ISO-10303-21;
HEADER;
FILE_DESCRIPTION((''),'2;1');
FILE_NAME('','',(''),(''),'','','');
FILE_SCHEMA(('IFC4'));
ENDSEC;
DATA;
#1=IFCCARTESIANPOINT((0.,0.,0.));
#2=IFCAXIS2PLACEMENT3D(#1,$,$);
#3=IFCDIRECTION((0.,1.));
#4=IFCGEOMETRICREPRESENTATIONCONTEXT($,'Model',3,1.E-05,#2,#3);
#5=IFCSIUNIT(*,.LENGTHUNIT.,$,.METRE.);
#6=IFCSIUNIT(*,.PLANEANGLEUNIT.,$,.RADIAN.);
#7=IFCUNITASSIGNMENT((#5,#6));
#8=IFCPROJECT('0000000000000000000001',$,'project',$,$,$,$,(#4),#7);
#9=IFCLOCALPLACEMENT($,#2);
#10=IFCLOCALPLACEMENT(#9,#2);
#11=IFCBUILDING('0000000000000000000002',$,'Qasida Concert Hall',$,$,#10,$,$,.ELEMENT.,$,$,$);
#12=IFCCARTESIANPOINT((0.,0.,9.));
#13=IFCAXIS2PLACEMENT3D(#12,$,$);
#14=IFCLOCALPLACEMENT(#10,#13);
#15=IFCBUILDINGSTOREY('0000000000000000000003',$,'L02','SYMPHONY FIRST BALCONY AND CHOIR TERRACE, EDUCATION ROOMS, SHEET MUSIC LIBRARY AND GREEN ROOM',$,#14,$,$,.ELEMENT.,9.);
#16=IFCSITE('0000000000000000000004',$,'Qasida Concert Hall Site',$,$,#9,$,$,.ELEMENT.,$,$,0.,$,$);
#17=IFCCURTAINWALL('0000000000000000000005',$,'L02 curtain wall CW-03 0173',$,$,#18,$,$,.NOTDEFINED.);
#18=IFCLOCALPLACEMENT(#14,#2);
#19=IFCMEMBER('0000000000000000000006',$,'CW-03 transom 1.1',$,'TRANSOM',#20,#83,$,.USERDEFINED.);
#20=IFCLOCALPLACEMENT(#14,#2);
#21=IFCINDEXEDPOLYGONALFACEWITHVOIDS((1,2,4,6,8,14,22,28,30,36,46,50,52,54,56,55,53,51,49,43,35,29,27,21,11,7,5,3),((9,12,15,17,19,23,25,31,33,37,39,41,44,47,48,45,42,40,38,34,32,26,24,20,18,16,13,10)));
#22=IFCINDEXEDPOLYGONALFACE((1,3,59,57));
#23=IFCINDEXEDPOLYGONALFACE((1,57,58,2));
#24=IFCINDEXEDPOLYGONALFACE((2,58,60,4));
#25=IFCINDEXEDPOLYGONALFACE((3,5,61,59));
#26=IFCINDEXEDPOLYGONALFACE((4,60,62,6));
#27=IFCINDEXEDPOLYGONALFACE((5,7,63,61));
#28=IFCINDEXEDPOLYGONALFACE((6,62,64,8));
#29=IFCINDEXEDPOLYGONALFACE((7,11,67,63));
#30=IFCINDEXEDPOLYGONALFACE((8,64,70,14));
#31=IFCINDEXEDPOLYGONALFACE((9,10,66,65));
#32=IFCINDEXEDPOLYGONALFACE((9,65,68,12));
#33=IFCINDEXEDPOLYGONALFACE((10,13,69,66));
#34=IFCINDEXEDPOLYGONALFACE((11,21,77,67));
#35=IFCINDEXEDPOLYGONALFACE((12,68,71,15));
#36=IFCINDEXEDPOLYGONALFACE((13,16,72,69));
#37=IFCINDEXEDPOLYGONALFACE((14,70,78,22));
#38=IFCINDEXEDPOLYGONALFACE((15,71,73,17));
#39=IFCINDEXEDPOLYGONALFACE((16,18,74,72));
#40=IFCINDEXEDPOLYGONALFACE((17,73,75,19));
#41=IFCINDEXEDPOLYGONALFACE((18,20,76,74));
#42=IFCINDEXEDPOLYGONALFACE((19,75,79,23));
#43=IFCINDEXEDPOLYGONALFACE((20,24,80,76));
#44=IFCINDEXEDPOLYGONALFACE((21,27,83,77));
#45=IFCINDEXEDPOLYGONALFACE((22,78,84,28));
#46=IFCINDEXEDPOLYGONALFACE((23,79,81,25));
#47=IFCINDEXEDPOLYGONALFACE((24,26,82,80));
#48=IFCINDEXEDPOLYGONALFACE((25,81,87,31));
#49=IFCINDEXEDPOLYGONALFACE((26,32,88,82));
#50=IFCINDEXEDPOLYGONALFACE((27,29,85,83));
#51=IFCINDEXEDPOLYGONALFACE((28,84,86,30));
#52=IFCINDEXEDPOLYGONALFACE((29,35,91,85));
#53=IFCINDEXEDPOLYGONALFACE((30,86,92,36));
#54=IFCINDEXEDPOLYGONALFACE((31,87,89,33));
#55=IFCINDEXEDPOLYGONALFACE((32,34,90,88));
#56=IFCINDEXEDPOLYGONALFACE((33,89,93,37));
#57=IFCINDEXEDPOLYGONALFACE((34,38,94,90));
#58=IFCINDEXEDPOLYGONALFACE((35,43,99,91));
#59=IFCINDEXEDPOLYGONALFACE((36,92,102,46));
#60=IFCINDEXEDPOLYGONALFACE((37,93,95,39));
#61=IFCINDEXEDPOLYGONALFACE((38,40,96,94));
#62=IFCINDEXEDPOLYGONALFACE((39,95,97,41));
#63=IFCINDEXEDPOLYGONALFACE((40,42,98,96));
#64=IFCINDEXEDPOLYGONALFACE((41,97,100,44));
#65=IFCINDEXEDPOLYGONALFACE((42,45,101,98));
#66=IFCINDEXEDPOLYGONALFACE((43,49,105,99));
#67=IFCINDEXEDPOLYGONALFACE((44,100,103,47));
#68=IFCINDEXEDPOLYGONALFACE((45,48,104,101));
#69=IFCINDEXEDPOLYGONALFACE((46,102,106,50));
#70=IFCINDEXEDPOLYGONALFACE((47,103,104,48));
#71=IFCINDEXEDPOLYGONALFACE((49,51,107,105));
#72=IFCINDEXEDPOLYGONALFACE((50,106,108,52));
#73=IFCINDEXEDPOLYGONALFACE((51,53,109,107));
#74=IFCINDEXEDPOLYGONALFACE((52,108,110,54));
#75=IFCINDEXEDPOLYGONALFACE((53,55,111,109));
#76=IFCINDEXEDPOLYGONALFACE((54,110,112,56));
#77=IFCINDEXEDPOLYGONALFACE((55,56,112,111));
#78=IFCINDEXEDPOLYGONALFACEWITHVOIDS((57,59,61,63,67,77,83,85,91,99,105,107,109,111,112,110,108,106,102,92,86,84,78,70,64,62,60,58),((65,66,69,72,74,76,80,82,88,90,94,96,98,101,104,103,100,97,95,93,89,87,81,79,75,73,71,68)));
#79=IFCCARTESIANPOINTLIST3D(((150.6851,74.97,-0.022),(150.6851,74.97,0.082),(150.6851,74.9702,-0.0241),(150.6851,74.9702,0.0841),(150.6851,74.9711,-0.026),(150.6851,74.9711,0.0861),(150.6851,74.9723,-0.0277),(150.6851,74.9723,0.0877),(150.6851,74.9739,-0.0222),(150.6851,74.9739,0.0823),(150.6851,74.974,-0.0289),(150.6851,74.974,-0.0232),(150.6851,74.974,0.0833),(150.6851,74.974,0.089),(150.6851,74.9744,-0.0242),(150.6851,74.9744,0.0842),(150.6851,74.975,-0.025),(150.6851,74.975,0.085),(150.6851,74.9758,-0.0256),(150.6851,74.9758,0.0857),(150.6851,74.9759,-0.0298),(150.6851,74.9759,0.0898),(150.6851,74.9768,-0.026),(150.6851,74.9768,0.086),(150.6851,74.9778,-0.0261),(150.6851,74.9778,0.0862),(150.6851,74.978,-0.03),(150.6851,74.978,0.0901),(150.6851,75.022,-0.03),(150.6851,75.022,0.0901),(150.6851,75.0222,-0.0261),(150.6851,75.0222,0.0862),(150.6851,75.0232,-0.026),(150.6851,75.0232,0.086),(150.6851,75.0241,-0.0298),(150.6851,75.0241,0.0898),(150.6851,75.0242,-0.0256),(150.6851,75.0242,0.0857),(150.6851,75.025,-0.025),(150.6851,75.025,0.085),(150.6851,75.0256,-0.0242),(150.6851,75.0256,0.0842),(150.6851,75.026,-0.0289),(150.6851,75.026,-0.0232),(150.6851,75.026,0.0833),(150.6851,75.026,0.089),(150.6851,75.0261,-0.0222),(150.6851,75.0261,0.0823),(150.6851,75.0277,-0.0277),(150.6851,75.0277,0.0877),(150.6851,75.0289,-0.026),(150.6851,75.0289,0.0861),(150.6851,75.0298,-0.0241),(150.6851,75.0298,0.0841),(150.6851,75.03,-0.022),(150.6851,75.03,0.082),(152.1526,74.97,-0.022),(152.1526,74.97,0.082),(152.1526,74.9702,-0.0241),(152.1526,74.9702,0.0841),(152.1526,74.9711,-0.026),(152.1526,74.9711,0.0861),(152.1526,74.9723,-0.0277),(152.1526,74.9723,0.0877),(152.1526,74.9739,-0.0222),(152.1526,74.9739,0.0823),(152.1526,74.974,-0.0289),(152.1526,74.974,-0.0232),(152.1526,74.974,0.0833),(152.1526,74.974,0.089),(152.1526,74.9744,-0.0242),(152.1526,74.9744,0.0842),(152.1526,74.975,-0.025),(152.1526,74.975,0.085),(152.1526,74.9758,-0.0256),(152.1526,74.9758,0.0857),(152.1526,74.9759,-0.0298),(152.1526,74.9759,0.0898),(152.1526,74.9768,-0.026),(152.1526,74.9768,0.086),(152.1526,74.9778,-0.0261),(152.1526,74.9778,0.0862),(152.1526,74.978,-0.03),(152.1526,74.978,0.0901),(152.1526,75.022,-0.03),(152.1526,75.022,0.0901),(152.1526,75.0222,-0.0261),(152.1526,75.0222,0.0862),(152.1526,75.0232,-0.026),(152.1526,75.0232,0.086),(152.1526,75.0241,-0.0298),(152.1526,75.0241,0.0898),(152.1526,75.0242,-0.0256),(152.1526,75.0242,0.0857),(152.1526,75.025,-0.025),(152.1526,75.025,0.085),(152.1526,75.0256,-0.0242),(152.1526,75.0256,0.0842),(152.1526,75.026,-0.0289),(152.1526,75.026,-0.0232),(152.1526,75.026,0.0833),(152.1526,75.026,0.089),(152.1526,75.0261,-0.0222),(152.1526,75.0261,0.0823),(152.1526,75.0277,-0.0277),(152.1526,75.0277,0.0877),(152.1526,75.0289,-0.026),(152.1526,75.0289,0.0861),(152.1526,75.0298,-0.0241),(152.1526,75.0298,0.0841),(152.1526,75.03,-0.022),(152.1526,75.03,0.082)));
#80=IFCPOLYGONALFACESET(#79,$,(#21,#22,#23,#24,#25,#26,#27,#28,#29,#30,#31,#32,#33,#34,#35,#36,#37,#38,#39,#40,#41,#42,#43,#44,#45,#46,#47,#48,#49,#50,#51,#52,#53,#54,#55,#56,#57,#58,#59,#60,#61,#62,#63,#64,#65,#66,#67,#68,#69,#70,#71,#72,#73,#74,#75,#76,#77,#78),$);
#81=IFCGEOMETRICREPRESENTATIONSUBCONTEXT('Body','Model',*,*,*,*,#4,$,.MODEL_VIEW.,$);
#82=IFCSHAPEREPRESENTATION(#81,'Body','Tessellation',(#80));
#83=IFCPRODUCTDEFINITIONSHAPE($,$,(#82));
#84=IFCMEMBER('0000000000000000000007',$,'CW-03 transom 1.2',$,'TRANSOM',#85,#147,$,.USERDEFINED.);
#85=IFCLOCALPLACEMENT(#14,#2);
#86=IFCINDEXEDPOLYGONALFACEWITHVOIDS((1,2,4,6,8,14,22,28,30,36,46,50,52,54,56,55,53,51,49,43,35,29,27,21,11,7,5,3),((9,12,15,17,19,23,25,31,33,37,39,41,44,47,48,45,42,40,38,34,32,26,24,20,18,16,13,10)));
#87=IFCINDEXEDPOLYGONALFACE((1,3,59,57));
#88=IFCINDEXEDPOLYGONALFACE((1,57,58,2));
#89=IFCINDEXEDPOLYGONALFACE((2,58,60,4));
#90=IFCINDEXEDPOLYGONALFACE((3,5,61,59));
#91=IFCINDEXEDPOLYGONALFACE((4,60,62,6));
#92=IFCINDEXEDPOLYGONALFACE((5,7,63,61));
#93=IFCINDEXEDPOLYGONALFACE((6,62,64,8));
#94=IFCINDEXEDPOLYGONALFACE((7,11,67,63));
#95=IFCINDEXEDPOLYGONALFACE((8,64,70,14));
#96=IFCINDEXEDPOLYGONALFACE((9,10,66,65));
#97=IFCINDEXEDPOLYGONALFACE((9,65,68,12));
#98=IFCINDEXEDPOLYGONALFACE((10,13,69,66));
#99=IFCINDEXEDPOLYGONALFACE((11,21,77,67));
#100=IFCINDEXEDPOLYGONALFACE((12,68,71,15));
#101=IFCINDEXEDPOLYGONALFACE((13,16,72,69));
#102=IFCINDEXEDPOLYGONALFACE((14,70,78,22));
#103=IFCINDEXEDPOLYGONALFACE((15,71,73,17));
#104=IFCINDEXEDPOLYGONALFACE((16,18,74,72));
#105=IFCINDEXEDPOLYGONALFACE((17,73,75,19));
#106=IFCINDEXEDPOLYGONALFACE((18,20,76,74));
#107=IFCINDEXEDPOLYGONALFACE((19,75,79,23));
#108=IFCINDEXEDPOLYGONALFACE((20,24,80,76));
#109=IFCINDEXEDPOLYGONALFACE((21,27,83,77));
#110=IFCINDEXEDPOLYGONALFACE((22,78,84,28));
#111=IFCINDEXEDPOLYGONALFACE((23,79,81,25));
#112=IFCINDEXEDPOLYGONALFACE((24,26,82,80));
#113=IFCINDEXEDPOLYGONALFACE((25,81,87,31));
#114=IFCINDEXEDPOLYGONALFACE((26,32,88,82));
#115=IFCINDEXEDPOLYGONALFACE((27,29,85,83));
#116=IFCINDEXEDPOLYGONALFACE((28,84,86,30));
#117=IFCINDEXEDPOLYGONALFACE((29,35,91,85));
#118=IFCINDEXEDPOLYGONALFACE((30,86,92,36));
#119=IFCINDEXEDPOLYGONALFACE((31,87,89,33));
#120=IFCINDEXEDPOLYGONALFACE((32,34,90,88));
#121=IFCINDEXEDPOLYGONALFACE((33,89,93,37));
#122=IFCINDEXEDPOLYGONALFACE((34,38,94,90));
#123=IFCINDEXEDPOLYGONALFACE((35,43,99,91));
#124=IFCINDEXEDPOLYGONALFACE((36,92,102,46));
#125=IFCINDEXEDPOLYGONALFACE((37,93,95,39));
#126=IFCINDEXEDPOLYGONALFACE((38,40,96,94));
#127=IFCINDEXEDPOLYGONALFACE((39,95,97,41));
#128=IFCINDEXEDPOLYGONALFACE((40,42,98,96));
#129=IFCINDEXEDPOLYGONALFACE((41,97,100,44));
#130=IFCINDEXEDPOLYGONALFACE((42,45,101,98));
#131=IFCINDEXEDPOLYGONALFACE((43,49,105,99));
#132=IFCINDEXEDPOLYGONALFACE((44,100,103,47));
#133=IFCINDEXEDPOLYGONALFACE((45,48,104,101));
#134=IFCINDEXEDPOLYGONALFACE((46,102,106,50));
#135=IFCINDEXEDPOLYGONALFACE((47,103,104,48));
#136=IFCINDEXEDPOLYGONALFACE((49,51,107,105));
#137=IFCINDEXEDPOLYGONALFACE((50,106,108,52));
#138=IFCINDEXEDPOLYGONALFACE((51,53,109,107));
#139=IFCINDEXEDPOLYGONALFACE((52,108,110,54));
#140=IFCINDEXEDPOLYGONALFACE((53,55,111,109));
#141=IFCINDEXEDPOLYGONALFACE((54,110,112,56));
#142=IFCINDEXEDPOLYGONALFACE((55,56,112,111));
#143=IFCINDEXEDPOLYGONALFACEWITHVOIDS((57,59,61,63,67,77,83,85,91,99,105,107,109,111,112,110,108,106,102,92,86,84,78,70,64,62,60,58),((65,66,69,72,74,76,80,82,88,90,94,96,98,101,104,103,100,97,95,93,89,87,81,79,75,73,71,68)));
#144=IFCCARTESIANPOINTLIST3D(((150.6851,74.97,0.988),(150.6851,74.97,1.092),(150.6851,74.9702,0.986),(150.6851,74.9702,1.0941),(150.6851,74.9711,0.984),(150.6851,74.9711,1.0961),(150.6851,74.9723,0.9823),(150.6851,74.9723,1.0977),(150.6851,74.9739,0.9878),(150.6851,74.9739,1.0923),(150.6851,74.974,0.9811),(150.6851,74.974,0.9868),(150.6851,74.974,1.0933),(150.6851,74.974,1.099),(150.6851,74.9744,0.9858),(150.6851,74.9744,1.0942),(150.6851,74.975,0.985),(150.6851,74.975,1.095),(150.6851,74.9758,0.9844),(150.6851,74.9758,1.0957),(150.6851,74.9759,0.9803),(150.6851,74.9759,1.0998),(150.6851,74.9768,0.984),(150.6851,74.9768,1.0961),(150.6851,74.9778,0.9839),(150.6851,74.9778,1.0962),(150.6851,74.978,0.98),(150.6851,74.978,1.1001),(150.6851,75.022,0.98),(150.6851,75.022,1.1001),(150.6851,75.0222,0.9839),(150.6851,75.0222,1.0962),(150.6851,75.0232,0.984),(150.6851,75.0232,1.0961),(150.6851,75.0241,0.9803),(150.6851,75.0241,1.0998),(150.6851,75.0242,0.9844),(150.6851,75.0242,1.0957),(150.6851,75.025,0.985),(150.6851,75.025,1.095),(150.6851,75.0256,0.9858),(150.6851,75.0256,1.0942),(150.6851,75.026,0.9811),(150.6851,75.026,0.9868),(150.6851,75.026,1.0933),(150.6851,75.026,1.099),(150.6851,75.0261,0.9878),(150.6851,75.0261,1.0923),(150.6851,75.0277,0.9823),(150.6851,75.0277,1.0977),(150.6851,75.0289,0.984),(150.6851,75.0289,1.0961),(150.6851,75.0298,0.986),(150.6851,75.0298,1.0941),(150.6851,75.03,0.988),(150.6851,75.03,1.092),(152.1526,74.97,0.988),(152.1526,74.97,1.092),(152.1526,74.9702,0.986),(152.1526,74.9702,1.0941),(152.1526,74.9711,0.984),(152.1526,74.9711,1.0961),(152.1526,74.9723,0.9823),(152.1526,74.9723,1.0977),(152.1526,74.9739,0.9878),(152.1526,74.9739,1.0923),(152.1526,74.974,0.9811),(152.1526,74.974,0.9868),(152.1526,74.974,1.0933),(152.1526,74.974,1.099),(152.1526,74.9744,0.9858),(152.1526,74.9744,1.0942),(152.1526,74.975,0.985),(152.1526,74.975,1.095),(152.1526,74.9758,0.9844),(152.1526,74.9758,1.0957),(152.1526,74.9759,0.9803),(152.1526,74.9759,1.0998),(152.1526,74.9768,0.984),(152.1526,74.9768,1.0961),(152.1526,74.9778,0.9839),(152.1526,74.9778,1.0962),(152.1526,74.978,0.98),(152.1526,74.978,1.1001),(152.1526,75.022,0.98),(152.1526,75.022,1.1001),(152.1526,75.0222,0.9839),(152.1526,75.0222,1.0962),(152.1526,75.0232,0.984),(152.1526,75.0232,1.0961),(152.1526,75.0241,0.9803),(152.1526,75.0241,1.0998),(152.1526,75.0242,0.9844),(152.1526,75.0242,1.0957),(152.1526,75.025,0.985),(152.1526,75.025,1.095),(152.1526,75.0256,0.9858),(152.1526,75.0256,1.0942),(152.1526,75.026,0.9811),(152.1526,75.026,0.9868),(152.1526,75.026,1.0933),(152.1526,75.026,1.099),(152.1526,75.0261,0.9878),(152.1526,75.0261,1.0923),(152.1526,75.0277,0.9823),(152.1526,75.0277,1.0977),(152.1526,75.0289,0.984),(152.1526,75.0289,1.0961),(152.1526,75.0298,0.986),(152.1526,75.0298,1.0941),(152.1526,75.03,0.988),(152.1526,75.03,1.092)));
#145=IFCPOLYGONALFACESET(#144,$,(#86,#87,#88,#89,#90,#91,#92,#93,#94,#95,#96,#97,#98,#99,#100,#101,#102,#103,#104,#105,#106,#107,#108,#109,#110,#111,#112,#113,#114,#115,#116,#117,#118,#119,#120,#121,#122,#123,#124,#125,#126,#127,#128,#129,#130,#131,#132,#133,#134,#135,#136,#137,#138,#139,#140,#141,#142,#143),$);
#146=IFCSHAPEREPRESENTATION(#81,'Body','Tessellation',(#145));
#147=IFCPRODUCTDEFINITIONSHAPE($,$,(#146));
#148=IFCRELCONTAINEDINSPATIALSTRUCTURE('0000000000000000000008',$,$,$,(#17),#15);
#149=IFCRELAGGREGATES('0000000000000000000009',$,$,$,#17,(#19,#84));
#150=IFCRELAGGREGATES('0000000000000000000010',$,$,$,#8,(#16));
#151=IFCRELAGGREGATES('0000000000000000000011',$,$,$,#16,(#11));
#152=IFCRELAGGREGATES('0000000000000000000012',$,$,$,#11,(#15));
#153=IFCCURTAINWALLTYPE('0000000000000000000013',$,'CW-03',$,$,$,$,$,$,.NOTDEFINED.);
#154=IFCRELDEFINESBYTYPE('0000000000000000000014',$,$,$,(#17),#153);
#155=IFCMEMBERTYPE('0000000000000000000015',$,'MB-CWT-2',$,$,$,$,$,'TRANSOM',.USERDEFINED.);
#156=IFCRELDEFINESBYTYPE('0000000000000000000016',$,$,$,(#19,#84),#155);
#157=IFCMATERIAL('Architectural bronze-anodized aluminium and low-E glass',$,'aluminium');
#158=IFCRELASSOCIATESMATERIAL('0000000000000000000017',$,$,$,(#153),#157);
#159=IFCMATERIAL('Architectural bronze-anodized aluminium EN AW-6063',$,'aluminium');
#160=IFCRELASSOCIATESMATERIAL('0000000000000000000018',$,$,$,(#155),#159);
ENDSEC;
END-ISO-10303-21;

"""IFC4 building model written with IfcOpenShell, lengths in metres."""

from ifc_helpers import new_model, si_unit, direction, frame, origin, origin_2d, place, context, subcontext, project, spatial, hollow_rectangle, extrude, material, material_profile, profile_set, type_object, element, aggregate, save


model = new_model("IFC4")

# Units and contexts
model_context = context("Model", 3, precision=1e-05, world=origin(), true_north=direction((0.0, 1.0)))
body_context = subcontext(model_context, "Body", "Model", "MODEL_VIEW")
ifc_project = project(units=[si_unit("LENGTHUNIT", "METRE"), si_unit("PLANEANGLEUNIT", "RADIAN")], contexts=[model_context])

# Site, building, storey
site_placement = place(None, origin())
site = spatial("IfcSite", under=ifc_project, at=site_placement, Name="Qasida Concert Hall Site", CompositionType="ELEMENT", RefElevation=0.0)
building_placement = place(site_placement, origin())
building = spatial("IfcBuilding", under=site, at=building_placement, Name="Qasida Concert Hall", CompositionType="ELEMENT")
storey_placement = place(building_placement, frame((0.0, 0.0, 9.0)))
storey = spatial("IfcBuildingStorey", under=building, at=storey_placement, Name="L02", Description="SYMPHONY FIRST BALCONY AND CHOIR TERRACE, EDUCATION ROOMS, SHEET MUSIC LIBRARY AND GREEN ROOM", CompositionType="ELEMENT", Elevation=9.0)

# Shared definitions
ifc_material_1 = material(Name="Architectural bronze-anodized aluminium and low-E glass", Category="aluminium")
curtain_wall_type = type_object("IfcCurtainWallType", Name="CW-03", PredefinedType="NOTDEFINED", material=ifc_material_1)
ifc_material_2 = material(Name="Architectural bronze-anodized aluminium EN AW-6063", Category="aluminium")

# Curtain wall
curtain_wall_1_placement = place(storey_placement, origin())
curtain_wall_1 = element("IfcCurtainWall", 1, at=curtain_wall_1_placement, inside=storey, type_object=curtain_wall_type, Name="L02 curtain wall CW-03 0173", PredefinedType="NOTDEFINED")

# Members
ifc_material_profile_1 = material_profile(ifc_material_2, hollow_rectangle(XDim=0.0601, YDim=0.1201, WallThickness=0.0039, InnerFilletRadius=0.0039, OuterFilletRadius=0.0081, at=origin_2d()), Name="CWT 120x60x4")
ifc_profile_set_1 = profile_set([ifc_material_profile_1], Name="Architectural bronze-anodized aluminium EN AW-6063")
member_type_1 = type_object("IfcMemberType", Name="MB-CWT-2", ElementType="TRANSOM", PredefinedType="USERDEFINED", material=ifc_profile_set_1)
member_1_placement = place(storey_placement, frame((150.6851, 75.0, 0.03), z_axis=(1.0, 0.0, 0.0), x_axis=(0.0, 1.0, 0.0)))
member_1 = element("IfcMember", 2, at=member_1_placement, type_object=member_type_1, Name="CW-03 transom 1.1", ObjectType="TRANSOM", PredefinedType="USERDEFINED", context=body_context, shape_type="SweptSolid", body=[
    extrude(hollow_rectangle(XDim=0.0601, YDim=0.1201, WallThickness=0.0039, InnerFilletRadius=0.0039, OuterFilletRadius=0.0081, at=origin_2d()), origin(), (0.0, 0.0, 1.0), 1.4675),
])
member_2_placement = place(storey_placement, frame((150.6851, 75.0, 1.04), z_axis=(1.0, 0.0, 0.0), x_axis=(0.0, 1.0, 0.0)))
member_2 = element("IfcMember", 3, at=member_2_placement, type_object=member_type_1, Name="CW-03 transom 1.2", ObjectType="TRANSOM", PredefinedType="USERDEFINED", context=body_context, shape_type="SweptSolid", body=[
    extrude(hollow_rectangle(XDim=0.0601, YDim=0.1201, WallThickness=0.0039, InnerFilletRadius=0.0039, OuterFilletRadius=0.0081, at=origin_2d()), origin(), (0.0, 0.0, 1.0), 1.4675),
])

aggregate(curtain_wall_1, [member_1, member_2])

save(model, "model.ifc")
